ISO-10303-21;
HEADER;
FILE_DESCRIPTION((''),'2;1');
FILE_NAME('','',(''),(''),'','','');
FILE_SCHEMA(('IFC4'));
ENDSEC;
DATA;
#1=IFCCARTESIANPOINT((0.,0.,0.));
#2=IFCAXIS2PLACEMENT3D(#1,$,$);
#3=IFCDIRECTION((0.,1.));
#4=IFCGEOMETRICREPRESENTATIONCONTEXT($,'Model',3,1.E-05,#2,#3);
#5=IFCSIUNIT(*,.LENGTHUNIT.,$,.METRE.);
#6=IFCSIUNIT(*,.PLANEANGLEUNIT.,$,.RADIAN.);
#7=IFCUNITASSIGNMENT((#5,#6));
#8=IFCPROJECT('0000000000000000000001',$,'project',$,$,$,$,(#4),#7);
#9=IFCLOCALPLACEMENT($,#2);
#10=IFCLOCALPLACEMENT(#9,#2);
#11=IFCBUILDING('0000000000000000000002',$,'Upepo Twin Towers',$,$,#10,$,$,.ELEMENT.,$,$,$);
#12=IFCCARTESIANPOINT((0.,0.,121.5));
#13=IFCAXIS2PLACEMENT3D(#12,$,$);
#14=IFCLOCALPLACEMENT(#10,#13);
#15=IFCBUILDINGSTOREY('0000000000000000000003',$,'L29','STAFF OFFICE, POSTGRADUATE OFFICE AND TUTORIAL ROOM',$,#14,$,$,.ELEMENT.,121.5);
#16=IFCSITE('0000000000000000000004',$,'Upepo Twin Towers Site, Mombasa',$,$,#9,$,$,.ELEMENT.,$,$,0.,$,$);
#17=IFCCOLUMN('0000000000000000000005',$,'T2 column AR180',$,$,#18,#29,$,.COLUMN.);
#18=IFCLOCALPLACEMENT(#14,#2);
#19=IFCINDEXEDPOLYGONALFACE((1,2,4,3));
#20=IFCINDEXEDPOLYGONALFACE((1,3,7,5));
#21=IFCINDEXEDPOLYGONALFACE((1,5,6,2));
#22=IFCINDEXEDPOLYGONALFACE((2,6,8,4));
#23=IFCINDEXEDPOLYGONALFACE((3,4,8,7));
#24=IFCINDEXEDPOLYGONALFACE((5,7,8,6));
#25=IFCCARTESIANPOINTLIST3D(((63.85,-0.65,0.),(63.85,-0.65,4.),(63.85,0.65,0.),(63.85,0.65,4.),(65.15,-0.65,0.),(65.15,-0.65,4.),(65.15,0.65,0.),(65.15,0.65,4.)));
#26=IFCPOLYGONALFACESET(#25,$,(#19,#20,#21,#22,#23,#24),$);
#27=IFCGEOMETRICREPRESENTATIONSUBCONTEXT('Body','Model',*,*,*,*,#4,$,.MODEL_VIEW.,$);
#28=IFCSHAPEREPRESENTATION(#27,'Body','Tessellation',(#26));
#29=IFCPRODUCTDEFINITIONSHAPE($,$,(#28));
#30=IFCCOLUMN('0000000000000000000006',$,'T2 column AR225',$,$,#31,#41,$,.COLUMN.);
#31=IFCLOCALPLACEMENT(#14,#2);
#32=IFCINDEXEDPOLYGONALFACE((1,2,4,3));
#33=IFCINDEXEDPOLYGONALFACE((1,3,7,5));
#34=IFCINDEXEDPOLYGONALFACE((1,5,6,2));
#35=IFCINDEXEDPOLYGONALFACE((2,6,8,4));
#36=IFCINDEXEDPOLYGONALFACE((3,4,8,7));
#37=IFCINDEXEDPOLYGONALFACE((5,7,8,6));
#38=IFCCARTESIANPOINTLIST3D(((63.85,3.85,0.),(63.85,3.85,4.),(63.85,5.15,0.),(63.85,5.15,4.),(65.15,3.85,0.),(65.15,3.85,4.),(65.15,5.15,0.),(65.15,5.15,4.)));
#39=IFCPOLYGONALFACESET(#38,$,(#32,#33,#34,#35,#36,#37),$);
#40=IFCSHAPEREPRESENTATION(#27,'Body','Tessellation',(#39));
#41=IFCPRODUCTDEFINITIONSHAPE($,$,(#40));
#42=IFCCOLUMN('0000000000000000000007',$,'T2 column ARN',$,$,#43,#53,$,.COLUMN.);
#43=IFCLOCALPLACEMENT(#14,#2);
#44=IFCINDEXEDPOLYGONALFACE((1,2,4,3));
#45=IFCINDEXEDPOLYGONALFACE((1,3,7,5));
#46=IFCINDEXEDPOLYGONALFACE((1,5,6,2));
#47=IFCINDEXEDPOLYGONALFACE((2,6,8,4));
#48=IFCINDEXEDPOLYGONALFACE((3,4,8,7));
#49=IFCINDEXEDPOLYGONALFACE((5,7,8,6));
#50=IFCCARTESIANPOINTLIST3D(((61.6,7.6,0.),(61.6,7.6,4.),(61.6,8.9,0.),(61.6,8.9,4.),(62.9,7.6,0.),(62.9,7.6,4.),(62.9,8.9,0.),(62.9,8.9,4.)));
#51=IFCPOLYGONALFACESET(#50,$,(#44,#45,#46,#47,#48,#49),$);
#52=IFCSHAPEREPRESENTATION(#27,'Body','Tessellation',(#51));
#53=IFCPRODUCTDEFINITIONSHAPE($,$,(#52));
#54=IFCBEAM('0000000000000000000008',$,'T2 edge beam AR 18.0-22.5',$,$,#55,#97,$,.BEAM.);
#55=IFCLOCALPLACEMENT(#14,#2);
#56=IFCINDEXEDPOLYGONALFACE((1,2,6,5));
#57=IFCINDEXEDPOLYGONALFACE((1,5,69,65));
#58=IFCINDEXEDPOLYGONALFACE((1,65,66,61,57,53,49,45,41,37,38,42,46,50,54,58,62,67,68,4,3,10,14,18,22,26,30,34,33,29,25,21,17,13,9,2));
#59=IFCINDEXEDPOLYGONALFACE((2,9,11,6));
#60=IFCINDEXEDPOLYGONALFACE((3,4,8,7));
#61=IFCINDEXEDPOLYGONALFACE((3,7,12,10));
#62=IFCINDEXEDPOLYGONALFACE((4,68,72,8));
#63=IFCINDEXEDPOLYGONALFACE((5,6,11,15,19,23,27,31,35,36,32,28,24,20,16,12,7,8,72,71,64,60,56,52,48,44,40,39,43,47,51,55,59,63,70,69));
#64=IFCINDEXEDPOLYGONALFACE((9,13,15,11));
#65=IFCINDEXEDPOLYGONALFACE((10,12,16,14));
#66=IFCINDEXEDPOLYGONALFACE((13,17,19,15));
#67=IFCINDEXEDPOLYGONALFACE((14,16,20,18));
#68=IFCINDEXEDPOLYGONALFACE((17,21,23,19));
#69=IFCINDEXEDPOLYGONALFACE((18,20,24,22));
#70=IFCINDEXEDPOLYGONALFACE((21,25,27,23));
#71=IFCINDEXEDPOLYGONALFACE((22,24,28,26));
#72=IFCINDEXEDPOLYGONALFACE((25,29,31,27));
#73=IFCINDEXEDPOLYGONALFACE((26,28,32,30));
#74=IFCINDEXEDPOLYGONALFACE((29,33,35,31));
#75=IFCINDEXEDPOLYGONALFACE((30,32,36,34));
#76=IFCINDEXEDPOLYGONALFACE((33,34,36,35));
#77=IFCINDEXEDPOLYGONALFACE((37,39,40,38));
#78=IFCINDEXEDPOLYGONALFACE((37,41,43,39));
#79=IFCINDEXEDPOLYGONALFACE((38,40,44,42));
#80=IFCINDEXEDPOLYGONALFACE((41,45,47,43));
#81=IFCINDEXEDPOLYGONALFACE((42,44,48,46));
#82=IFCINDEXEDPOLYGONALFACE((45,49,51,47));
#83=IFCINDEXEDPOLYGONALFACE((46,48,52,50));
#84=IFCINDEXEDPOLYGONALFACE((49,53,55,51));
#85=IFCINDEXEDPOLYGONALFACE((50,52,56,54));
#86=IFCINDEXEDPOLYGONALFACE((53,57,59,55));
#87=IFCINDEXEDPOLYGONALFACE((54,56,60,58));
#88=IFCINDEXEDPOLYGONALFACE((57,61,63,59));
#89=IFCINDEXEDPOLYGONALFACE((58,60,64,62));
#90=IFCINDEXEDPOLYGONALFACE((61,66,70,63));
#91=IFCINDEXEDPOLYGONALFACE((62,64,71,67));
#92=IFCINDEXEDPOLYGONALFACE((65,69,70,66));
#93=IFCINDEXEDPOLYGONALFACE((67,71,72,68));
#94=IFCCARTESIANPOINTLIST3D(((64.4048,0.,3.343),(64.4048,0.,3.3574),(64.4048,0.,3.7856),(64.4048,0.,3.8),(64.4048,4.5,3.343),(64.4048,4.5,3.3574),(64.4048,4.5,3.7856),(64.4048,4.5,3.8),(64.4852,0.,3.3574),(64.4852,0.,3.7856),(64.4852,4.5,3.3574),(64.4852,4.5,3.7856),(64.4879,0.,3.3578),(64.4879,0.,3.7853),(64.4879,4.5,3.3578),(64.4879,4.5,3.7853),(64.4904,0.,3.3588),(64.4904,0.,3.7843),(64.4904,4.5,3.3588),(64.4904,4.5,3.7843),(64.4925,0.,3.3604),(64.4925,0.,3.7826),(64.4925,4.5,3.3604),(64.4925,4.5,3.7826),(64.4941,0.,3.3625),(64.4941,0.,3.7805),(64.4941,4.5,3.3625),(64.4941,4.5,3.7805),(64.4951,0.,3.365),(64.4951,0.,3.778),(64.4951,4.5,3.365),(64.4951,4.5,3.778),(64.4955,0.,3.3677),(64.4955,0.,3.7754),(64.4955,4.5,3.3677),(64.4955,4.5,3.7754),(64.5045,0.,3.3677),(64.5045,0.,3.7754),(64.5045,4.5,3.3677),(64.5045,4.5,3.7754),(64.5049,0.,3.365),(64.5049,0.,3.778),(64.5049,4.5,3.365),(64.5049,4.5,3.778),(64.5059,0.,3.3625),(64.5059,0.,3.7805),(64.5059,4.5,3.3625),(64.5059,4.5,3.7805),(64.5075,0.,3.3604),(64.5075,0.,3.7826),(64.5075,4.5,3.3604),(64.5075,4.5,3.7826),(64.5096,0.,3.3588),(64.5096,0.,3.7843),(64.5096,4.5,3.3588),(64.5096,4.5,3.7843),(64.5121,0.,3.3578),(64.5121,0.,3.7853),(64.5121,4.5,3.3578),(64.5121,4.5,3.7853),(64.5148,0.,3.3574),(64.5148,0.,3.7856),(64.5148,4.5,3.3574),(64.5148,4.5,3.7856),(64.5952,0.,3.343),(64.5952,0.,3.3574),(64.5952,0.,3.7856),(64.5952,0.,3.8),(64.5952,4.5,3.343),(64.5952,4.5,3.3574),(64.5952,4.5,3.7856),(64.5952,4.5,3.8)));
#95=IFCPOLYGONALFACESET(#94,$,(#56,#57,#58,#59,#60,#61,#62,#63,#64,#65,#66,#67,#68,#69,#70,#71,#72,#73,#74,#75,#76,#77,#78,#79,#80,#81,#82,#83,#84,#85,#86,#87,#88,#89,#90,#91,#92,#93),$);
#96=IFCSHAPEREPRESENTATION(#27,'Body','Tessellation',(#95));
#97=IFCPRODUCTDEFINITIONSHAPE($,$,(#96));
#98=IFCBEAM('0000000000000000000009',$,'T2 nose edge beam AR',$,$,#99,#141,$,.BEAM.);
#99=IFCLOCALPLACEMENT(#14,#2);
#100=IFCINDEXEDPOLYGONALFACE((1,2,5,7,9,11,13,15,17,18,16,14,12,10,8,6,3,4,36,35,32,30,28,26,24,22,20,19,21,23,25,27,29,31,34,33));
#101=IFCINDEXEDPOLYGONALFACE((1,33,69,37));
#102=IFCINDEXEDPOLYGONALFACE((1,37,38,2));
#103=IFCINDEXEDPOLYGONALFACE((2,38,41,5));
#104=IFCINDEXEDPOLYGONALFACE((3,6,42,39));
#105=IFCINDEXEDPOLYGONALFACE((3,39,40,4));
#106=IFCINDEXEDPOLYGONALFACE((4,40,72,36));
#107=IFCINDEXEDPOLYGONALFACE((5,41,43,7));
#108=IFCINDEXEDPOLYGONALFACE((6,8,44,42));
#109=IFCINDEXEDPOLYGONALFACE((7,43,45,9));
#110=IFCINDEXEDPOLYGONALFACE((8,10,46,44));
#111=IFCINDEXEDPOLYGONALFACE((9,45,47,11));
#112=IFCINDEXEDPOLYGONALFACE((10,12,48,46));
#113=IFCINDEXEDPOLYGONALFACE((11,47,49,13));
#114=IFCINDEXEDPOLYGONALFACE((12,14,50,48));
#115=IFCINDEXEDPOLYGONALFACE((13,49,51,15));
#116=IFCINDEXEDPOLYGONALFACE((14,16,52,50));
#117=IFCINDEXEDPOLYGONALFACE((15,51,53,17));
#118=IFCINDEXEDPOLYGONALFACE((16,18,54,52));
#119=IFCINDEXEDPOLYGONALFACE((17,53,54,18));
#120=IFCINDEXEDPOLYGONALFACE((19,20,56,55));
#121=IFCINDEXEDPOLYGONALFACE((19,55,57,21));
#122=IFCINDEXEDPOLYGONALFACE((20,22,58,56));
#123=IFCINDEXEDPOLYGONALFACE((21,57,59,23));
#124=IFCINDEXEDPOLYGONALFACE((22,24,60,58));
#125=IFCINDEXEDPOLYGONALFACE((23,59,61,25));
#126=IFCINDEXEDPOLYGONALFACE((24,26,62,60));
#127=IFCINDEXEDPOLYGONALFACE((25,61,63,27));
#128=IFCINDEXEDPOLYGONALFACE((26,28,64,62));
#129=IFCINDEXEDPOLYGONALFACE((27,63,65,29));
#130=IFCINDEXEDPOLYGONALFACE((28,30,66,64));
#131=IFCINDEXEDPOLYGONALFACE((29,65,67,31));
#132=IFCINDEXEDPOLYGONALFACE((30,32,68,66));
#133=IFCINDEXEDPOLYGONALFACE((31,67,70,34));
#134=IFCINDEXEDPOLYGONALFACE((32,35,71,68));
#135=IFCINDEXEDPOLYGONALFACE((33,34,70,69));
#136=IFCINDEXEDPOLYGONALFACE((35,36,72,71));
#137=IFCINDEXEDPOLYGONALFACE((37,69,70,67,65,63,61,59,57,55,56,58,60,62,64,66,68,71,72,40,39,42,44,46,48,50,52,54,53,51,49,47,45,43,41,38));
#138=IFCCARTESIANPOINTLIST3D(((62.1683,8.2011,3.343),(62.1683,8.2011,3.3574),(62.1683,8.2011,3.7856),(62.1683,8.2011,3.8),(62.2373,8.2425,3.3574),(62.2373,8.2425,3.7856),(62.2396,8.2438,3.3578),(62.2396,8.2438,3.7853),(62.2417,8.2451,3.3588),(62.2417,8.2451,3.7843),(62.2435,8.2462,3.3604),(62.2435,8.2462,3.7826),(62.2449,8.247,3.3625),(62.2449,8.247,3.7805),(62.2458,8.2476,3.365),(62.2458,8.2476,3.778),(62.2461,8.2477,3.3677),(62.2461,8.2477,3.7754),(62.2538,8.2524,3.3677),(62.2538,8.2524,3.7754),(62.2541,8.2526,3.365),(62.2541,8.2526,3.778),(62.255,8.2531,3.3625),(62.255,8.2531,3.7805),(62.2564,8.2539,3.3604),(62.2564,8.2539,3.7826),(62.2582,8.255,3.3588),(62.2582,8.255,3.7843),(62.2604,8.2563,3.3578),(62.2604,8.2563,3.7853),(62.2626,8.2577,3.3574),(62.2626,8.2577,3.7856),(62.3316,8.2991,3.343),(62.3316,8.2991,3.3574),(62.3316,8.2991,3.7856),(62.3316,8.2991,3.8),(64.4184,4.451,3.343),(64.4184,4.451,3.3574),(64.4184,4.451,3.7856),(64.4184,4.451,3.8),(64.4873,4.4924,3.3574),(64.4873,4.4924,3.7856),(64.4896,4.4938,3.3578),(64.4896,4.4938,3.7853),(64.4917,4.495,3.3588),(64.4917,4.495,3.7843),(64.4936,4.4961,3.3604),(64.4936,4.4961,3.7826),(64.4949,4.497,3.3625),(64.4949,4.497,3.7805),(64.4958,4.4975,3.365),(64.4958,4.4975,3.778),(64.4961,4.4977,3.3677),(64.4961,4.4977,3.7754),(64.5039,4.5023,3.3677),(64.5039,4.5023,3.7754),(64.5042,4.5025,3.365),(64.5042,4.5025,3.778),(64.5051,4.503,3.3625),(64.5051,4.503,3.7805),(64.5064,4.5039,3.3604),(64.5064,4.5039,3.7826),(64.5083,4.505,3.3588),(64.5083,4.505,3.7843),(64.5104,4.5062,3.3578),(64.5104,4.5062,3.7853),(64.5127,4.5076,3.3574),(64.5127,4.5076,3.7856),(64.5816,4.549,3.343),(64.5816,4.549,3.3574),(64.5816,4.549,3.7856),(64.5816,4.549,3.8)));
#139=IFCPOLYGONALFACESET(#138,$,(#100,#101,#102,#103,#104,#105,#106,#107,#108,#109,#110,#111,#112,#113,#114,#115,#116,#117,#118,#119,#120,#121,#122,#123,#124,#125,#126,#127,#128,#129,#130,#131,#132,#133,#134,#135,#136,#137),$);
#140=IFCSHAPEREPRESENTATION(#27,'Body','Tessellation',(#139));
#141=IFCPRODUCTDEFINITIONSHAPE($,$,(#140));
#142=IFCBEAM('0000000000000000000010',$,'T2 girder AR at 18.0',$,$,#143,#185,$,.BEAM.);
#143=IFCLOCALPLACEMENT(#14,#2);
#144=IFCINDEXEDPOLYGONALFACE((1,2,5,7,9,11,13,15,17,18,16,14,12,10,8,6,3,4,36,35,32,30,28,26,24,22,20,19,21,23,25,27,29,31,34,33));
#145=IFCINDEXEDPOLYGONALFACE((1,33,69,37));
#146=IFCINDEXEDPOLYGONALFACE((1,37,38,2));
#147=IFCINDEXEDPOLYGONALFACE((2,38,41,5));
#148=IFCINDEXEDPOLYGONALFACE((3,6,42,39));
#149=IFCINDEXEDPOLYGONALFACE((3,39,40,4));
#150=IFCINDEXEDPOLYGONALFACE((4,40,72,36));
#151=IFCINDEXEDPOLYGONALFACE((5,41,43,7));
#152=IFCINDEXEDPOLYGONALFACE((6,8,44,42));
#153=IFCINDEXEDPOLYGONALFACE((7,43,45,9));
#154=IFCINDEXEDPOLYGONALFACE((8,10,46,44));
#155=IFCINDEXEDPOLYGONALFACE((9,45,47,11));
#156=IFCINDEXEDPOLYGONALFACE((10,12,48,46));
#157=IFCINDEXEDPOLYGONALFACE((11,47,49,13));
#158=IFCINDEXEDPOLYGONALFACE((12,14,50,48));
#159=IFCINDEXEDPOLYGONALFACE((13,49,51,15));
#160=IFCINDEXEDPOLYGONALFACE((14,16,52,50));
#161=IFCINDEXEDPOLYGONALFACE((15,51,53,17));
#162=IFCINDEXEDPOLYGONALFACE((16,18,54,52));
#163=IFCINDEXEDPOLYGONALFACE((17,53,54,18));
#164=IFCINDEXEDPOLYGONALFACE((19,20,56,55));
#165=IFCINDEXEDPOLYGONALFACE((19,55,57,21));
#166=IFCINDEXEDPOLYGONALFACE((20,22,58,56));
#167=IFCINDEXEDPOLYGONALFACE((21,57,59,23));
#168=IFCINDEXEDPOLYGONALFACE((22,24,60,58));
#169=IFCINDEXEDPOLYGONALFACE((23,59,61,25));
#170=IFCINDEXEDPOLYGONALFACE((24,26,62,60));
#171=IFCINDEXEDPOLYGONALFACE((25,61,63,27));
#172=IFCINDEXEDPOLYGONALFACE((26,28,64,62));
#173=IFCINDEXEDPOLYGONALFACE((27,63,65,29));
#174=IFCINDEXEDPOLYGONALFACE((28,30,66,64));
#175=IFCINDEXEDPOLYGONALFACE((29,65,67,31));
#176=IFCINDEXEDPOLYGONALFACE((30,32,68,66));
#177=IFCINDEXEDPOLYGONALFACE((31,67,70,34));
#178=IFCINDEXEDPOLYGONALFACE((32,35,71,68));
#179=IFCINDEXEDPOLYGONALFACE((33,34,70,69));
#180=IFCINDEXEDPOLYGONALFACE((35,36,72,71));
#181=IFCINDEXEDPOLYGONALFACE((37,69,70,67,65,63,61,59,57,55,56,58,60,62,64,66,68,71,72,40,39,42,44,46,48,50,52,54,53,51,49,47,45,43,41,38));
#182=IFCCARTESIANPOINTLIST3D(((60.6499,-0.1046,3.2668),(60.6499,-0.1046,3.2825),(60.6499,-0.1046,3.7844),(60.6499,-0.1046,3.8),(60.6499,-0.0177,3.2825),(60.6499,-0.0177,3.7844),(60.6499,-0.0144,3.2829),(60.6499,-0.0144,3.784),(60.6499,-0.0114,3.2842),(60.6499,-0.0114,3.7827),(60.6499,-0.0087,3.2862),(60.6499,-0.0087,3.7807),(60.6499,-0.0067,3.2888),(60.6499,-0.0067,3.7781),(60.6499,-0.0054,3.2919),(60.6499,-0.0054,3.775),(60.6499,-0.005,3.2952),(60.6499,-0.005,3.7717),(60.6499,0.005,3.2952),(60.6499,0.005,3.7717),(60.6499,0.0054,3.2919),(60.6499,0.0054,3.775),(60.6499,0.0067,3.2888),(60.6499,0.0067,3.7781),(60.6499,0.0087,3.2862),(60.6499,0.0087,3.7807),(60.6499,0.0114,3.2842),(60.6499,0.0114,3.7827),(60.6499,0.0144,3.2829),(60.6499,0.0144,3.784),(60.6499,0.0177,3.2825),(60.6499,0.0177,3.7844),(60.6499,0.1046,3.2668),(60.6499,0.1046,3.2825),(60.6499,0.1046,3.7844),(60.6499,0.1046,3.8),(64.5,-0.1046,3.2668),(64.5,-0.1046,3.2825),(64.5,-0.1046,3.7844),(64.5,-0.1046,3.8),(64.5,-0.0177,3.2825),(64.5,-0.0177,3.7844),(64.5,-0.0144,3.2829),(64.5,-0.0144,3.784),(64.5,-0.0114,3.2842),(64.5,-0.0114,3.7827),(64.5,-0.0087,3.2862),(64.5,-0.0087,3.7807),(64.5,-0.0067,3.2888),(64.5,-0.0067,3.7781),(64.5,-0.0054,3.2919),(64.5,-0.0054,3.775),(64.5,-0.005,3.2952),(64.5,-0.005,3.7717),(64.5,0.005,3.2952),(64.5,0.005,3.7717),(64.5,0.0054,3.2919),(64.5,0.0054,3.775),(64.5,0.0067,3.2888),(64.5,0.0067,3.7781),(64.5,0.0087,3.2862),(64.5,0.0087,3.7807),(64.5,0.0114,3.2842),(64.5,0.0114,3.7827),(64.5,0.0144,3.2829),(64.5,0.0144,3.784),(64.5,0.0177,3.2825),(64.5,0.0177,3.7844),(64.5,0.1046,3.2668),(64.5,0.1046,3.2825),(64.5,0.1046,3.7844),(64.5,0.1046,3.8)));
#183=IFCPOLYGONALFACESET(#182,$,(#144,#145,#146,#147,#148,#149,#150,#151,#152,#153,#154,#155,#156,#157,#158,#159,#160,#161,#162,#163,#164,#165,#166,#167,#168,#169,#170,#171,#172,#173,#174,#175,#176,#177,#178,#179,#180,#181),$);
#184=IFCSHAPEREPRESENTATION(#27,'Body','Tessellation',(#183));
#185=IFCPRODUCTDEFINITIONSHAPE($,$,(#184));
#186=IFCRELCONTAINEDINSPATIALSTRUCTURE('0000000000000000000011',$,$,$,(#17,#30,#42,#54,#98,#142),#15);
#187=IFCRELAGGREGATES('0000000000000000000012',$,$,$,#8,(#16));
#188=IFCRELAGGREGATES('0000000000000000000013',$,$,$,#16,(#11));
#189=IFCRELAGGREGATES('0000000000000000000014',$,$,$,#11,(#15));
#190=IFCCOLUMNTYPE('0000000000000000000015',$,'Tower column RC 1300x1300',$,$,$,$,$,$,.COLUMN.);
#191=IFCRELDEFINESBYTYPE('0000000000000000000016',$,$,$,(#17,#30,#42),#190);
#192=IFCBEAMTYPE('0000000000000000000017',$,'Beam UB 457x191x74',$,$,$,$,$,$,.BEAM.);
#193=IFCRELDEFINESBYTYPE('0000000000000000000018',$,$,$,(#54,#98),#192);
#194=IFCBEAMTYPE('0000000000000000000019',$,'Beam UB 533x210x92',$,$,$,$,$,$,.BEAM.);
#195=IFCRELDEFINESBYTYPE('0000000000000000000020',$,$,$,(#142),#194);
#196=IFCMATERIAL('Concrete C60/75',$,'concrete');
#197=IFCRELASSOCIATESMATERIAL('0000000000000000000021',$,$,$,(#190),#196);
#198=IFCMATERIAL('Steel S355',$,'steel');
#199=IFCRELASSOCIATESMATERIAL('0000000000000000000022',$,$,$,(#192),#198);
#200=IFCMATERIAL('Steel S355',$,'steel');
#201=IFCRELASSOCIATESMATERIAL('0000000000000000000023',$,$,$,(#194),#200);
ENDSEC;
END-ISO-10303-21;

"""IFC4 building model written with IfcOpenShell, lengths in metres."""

from ifc_helpers import new_model, si_unit, direction, frame, origin, origin_2d, place, context, subcontext, project, spatial, rectangle, i_section, extrude, material, material_profile, profile_set, type_object, element, save


model = new_model("IFC4")

# Units and contexts
model_context = context("Model", 3, precision=1e-05, world=origin(), true_north=direction((0.0, 1.0)))
body_context = subcontext(model_context, "Body", "Model", "MODEL_VIEW")
ifc_project = project(units=[si_unit("LENGTHUNIT", "METRE"), si_unit("PLANEANGLEUNIT", "RADIAN")], contexts=[model_context])

# Site, building, storey
site_placement = place(None, origin())
site = spatial("IfcSite", under=ifc_project, at=site_placement, Name="Upepo Twin Towers Site, Mombasa", CompositionType="ELEMENT", RefElevation=0.0)
building_placement = place(site_placement, origin())
building = spatial("IfcBuilding", under=site, at=building_placement, Name="Upepo Twin Towers", CompositionType="ELEMENT")
storey_placement = place(building_placement, frame((0.0, 0.0, 121.5)))
storey = spatial("IfcBuildingStorey", under=building, at=storey_placement, Name="L29", Description="STAFF OFFICE, POSTGRADUATE OFFICE AND TUTORIAL ROOM", CompositionType="ELEMENT", Elevation=121.5)

# Columns
ifc_material_1 = material(Name="Concrete C60/75", Category="concrete")
ifc_material_profile_1 = material_profile(ifc_material_1, rectangle(XDim=1.3, YDim=1.3, at=origin_2d()), Name="RC 1300x1300")
ifc_profile_set_1 = profile_set([ifc_material_profile_1], Name="Concrete C60/75")
column_type = type_object("IfcColumnType", Name="Tower column RC 1300x1300", PredefinedType="COLUMN", material=ifc_profile_set_1)
for number, where, z_axis, x_axis, name in (
    (1, (64.5, 0.0, 0.0), (0.0, 0.0, 1.0), (1.0, 0.0, 0.0), "T2 column AR180"),
    (2, (64.5, 4.5, 0.0), (0.0, 0.0, 1.0), (1.0, 0.0, 0.0), "T2 column AR225"),
    (3, (62.25, 8.25, 0.0), (0.0, 0.0, 1.0), (1.0, 0.0, 0.0), "T2 column ARN"),
):
    element("IfcColumn", number, at=place(storey_placement, frame(where, z_axis=z_axis, x_axis=x_axis)), inside=storey, type_object=column_type, Name=name, PredefinedType="COLUMN", context=body_context, shape_type="SweptSolid", body=[
        extrude(rectangle(XDim=1.3, YDim=1.3, at=origin_2d()), origin(), (0.0, 0.0, 1.0), 4.0),
    ])

# Beams
ifc_material_2 = material(Name="Steel S355", Category="steel")
ifc_material_profile_2 = material_profile(ifc_material_2, i_section(OverallWidth=0.1904, OverallDepth=0.457, WebThickness=0.009, FlangeThickness=0.0144, FilletRadius=0.0103, at=origin_2d()), Name="UB 457x191x74")
ifc_profile_set_2 = profile_set([ifc_material_profile_2], Name="Steel S355")
beam_type_1 = type_object("IfcBeamType", Name="Beam UB 457x191x74", PredefinedType="BEAM", material=ifc_profile_set_2)
beam_1_placement = place(storey_placement, frame((64.5, 0.0, 3.5715), z_axis=(0.0, 1.0, 0.0), x_axis=(-1.0, 0.0, 0.0)))
element("IfcBeam", 4, at=beam_1_placement, inside=storey, type_object=beam_type_1, Name="T2 edge beam AR 18.0-22.5", PredefinedType="BEAM", context=body_context, shape_type="SweptSolid", body=[
    extrude(i_section(OverallWidth=0.1904, OverallDepth=0.457, WebThickness=0.009, FlangeThickness=0.0144, FilletRadius=0.0103, at=origin_2d()), origin(), (0.0, 0.0, 1.0), 4.5),
])
beam_2_placement = place(storey_placement, frame((64.5, 4.5, 3.5715), z_axis=(-0.514496, 0.857493, 0.0), x_axis=(-0.857493, -0.514496, 0.0)))
element("IfcBeam", 5, at=beam_2_placement, inside=storey, type_object=beam_type_1, Name="T2 nose edge beam AR", PredefinedType="BEAM", context=body_context, shape_type="SweptSolid", body=[
    extrude(i_section(OverallWidth=0.1904, OverallDepth=0.457, WebThickness=0.009, FlangeThickness=0.0144, FilletRadius=0.0103, at=origin_2d()), origin(), (0.0, 0.0, 1.0), 4.3733),
])
ifc_material_3 = material(Name="Steel S355", Category="steel")
ifc_material_profile_3 = material_profile(ifc_material_3, i_section(OverallWidth=0.2092, OverallDepth=0.5332, WebThickness=0.01, FlangeThickness=0.0156, FilletRadius=0.0127, at=origin_2d()), Name="UB 533x210x92")
ifc_profile_set_3 = profile_set([ifc_material_profile_3], Name="Steel S355")
beam_type_2 = type_object("IfcBeamType", Name="Beam UB 533x210x92", PredefinedType="BEAM", material=ifc_profile_set_3)
for number, where, z_axis, x_axis, name in (
    (6, (64.5, 0.0, 3.5334), (-1.0, 0.0, 0.0), (0.0, -1.0, 0.0), "T2 girder AR at 18.0"),
):
    element("IfcBeam", number, at=place(storey_placement, frame(where, z_axis=z_axis, x_axis=x_axis)), inside=storey, type_object=beam_type_2, Name=name, PredefinedType="BEAM", context=body_context, shape_type="SweptSolid", body=[
        extrude(i_section(OverallWidth=0.2092, OverallDepth=0.5332, WebThickness=0.01, FlangeThickness=0.0156, FilletRadius=0.0127, at=origin_2d()), origin(), (0.0, 0.0, 1.0), 3.8501),
    ])

save(model, "model.ifc")
